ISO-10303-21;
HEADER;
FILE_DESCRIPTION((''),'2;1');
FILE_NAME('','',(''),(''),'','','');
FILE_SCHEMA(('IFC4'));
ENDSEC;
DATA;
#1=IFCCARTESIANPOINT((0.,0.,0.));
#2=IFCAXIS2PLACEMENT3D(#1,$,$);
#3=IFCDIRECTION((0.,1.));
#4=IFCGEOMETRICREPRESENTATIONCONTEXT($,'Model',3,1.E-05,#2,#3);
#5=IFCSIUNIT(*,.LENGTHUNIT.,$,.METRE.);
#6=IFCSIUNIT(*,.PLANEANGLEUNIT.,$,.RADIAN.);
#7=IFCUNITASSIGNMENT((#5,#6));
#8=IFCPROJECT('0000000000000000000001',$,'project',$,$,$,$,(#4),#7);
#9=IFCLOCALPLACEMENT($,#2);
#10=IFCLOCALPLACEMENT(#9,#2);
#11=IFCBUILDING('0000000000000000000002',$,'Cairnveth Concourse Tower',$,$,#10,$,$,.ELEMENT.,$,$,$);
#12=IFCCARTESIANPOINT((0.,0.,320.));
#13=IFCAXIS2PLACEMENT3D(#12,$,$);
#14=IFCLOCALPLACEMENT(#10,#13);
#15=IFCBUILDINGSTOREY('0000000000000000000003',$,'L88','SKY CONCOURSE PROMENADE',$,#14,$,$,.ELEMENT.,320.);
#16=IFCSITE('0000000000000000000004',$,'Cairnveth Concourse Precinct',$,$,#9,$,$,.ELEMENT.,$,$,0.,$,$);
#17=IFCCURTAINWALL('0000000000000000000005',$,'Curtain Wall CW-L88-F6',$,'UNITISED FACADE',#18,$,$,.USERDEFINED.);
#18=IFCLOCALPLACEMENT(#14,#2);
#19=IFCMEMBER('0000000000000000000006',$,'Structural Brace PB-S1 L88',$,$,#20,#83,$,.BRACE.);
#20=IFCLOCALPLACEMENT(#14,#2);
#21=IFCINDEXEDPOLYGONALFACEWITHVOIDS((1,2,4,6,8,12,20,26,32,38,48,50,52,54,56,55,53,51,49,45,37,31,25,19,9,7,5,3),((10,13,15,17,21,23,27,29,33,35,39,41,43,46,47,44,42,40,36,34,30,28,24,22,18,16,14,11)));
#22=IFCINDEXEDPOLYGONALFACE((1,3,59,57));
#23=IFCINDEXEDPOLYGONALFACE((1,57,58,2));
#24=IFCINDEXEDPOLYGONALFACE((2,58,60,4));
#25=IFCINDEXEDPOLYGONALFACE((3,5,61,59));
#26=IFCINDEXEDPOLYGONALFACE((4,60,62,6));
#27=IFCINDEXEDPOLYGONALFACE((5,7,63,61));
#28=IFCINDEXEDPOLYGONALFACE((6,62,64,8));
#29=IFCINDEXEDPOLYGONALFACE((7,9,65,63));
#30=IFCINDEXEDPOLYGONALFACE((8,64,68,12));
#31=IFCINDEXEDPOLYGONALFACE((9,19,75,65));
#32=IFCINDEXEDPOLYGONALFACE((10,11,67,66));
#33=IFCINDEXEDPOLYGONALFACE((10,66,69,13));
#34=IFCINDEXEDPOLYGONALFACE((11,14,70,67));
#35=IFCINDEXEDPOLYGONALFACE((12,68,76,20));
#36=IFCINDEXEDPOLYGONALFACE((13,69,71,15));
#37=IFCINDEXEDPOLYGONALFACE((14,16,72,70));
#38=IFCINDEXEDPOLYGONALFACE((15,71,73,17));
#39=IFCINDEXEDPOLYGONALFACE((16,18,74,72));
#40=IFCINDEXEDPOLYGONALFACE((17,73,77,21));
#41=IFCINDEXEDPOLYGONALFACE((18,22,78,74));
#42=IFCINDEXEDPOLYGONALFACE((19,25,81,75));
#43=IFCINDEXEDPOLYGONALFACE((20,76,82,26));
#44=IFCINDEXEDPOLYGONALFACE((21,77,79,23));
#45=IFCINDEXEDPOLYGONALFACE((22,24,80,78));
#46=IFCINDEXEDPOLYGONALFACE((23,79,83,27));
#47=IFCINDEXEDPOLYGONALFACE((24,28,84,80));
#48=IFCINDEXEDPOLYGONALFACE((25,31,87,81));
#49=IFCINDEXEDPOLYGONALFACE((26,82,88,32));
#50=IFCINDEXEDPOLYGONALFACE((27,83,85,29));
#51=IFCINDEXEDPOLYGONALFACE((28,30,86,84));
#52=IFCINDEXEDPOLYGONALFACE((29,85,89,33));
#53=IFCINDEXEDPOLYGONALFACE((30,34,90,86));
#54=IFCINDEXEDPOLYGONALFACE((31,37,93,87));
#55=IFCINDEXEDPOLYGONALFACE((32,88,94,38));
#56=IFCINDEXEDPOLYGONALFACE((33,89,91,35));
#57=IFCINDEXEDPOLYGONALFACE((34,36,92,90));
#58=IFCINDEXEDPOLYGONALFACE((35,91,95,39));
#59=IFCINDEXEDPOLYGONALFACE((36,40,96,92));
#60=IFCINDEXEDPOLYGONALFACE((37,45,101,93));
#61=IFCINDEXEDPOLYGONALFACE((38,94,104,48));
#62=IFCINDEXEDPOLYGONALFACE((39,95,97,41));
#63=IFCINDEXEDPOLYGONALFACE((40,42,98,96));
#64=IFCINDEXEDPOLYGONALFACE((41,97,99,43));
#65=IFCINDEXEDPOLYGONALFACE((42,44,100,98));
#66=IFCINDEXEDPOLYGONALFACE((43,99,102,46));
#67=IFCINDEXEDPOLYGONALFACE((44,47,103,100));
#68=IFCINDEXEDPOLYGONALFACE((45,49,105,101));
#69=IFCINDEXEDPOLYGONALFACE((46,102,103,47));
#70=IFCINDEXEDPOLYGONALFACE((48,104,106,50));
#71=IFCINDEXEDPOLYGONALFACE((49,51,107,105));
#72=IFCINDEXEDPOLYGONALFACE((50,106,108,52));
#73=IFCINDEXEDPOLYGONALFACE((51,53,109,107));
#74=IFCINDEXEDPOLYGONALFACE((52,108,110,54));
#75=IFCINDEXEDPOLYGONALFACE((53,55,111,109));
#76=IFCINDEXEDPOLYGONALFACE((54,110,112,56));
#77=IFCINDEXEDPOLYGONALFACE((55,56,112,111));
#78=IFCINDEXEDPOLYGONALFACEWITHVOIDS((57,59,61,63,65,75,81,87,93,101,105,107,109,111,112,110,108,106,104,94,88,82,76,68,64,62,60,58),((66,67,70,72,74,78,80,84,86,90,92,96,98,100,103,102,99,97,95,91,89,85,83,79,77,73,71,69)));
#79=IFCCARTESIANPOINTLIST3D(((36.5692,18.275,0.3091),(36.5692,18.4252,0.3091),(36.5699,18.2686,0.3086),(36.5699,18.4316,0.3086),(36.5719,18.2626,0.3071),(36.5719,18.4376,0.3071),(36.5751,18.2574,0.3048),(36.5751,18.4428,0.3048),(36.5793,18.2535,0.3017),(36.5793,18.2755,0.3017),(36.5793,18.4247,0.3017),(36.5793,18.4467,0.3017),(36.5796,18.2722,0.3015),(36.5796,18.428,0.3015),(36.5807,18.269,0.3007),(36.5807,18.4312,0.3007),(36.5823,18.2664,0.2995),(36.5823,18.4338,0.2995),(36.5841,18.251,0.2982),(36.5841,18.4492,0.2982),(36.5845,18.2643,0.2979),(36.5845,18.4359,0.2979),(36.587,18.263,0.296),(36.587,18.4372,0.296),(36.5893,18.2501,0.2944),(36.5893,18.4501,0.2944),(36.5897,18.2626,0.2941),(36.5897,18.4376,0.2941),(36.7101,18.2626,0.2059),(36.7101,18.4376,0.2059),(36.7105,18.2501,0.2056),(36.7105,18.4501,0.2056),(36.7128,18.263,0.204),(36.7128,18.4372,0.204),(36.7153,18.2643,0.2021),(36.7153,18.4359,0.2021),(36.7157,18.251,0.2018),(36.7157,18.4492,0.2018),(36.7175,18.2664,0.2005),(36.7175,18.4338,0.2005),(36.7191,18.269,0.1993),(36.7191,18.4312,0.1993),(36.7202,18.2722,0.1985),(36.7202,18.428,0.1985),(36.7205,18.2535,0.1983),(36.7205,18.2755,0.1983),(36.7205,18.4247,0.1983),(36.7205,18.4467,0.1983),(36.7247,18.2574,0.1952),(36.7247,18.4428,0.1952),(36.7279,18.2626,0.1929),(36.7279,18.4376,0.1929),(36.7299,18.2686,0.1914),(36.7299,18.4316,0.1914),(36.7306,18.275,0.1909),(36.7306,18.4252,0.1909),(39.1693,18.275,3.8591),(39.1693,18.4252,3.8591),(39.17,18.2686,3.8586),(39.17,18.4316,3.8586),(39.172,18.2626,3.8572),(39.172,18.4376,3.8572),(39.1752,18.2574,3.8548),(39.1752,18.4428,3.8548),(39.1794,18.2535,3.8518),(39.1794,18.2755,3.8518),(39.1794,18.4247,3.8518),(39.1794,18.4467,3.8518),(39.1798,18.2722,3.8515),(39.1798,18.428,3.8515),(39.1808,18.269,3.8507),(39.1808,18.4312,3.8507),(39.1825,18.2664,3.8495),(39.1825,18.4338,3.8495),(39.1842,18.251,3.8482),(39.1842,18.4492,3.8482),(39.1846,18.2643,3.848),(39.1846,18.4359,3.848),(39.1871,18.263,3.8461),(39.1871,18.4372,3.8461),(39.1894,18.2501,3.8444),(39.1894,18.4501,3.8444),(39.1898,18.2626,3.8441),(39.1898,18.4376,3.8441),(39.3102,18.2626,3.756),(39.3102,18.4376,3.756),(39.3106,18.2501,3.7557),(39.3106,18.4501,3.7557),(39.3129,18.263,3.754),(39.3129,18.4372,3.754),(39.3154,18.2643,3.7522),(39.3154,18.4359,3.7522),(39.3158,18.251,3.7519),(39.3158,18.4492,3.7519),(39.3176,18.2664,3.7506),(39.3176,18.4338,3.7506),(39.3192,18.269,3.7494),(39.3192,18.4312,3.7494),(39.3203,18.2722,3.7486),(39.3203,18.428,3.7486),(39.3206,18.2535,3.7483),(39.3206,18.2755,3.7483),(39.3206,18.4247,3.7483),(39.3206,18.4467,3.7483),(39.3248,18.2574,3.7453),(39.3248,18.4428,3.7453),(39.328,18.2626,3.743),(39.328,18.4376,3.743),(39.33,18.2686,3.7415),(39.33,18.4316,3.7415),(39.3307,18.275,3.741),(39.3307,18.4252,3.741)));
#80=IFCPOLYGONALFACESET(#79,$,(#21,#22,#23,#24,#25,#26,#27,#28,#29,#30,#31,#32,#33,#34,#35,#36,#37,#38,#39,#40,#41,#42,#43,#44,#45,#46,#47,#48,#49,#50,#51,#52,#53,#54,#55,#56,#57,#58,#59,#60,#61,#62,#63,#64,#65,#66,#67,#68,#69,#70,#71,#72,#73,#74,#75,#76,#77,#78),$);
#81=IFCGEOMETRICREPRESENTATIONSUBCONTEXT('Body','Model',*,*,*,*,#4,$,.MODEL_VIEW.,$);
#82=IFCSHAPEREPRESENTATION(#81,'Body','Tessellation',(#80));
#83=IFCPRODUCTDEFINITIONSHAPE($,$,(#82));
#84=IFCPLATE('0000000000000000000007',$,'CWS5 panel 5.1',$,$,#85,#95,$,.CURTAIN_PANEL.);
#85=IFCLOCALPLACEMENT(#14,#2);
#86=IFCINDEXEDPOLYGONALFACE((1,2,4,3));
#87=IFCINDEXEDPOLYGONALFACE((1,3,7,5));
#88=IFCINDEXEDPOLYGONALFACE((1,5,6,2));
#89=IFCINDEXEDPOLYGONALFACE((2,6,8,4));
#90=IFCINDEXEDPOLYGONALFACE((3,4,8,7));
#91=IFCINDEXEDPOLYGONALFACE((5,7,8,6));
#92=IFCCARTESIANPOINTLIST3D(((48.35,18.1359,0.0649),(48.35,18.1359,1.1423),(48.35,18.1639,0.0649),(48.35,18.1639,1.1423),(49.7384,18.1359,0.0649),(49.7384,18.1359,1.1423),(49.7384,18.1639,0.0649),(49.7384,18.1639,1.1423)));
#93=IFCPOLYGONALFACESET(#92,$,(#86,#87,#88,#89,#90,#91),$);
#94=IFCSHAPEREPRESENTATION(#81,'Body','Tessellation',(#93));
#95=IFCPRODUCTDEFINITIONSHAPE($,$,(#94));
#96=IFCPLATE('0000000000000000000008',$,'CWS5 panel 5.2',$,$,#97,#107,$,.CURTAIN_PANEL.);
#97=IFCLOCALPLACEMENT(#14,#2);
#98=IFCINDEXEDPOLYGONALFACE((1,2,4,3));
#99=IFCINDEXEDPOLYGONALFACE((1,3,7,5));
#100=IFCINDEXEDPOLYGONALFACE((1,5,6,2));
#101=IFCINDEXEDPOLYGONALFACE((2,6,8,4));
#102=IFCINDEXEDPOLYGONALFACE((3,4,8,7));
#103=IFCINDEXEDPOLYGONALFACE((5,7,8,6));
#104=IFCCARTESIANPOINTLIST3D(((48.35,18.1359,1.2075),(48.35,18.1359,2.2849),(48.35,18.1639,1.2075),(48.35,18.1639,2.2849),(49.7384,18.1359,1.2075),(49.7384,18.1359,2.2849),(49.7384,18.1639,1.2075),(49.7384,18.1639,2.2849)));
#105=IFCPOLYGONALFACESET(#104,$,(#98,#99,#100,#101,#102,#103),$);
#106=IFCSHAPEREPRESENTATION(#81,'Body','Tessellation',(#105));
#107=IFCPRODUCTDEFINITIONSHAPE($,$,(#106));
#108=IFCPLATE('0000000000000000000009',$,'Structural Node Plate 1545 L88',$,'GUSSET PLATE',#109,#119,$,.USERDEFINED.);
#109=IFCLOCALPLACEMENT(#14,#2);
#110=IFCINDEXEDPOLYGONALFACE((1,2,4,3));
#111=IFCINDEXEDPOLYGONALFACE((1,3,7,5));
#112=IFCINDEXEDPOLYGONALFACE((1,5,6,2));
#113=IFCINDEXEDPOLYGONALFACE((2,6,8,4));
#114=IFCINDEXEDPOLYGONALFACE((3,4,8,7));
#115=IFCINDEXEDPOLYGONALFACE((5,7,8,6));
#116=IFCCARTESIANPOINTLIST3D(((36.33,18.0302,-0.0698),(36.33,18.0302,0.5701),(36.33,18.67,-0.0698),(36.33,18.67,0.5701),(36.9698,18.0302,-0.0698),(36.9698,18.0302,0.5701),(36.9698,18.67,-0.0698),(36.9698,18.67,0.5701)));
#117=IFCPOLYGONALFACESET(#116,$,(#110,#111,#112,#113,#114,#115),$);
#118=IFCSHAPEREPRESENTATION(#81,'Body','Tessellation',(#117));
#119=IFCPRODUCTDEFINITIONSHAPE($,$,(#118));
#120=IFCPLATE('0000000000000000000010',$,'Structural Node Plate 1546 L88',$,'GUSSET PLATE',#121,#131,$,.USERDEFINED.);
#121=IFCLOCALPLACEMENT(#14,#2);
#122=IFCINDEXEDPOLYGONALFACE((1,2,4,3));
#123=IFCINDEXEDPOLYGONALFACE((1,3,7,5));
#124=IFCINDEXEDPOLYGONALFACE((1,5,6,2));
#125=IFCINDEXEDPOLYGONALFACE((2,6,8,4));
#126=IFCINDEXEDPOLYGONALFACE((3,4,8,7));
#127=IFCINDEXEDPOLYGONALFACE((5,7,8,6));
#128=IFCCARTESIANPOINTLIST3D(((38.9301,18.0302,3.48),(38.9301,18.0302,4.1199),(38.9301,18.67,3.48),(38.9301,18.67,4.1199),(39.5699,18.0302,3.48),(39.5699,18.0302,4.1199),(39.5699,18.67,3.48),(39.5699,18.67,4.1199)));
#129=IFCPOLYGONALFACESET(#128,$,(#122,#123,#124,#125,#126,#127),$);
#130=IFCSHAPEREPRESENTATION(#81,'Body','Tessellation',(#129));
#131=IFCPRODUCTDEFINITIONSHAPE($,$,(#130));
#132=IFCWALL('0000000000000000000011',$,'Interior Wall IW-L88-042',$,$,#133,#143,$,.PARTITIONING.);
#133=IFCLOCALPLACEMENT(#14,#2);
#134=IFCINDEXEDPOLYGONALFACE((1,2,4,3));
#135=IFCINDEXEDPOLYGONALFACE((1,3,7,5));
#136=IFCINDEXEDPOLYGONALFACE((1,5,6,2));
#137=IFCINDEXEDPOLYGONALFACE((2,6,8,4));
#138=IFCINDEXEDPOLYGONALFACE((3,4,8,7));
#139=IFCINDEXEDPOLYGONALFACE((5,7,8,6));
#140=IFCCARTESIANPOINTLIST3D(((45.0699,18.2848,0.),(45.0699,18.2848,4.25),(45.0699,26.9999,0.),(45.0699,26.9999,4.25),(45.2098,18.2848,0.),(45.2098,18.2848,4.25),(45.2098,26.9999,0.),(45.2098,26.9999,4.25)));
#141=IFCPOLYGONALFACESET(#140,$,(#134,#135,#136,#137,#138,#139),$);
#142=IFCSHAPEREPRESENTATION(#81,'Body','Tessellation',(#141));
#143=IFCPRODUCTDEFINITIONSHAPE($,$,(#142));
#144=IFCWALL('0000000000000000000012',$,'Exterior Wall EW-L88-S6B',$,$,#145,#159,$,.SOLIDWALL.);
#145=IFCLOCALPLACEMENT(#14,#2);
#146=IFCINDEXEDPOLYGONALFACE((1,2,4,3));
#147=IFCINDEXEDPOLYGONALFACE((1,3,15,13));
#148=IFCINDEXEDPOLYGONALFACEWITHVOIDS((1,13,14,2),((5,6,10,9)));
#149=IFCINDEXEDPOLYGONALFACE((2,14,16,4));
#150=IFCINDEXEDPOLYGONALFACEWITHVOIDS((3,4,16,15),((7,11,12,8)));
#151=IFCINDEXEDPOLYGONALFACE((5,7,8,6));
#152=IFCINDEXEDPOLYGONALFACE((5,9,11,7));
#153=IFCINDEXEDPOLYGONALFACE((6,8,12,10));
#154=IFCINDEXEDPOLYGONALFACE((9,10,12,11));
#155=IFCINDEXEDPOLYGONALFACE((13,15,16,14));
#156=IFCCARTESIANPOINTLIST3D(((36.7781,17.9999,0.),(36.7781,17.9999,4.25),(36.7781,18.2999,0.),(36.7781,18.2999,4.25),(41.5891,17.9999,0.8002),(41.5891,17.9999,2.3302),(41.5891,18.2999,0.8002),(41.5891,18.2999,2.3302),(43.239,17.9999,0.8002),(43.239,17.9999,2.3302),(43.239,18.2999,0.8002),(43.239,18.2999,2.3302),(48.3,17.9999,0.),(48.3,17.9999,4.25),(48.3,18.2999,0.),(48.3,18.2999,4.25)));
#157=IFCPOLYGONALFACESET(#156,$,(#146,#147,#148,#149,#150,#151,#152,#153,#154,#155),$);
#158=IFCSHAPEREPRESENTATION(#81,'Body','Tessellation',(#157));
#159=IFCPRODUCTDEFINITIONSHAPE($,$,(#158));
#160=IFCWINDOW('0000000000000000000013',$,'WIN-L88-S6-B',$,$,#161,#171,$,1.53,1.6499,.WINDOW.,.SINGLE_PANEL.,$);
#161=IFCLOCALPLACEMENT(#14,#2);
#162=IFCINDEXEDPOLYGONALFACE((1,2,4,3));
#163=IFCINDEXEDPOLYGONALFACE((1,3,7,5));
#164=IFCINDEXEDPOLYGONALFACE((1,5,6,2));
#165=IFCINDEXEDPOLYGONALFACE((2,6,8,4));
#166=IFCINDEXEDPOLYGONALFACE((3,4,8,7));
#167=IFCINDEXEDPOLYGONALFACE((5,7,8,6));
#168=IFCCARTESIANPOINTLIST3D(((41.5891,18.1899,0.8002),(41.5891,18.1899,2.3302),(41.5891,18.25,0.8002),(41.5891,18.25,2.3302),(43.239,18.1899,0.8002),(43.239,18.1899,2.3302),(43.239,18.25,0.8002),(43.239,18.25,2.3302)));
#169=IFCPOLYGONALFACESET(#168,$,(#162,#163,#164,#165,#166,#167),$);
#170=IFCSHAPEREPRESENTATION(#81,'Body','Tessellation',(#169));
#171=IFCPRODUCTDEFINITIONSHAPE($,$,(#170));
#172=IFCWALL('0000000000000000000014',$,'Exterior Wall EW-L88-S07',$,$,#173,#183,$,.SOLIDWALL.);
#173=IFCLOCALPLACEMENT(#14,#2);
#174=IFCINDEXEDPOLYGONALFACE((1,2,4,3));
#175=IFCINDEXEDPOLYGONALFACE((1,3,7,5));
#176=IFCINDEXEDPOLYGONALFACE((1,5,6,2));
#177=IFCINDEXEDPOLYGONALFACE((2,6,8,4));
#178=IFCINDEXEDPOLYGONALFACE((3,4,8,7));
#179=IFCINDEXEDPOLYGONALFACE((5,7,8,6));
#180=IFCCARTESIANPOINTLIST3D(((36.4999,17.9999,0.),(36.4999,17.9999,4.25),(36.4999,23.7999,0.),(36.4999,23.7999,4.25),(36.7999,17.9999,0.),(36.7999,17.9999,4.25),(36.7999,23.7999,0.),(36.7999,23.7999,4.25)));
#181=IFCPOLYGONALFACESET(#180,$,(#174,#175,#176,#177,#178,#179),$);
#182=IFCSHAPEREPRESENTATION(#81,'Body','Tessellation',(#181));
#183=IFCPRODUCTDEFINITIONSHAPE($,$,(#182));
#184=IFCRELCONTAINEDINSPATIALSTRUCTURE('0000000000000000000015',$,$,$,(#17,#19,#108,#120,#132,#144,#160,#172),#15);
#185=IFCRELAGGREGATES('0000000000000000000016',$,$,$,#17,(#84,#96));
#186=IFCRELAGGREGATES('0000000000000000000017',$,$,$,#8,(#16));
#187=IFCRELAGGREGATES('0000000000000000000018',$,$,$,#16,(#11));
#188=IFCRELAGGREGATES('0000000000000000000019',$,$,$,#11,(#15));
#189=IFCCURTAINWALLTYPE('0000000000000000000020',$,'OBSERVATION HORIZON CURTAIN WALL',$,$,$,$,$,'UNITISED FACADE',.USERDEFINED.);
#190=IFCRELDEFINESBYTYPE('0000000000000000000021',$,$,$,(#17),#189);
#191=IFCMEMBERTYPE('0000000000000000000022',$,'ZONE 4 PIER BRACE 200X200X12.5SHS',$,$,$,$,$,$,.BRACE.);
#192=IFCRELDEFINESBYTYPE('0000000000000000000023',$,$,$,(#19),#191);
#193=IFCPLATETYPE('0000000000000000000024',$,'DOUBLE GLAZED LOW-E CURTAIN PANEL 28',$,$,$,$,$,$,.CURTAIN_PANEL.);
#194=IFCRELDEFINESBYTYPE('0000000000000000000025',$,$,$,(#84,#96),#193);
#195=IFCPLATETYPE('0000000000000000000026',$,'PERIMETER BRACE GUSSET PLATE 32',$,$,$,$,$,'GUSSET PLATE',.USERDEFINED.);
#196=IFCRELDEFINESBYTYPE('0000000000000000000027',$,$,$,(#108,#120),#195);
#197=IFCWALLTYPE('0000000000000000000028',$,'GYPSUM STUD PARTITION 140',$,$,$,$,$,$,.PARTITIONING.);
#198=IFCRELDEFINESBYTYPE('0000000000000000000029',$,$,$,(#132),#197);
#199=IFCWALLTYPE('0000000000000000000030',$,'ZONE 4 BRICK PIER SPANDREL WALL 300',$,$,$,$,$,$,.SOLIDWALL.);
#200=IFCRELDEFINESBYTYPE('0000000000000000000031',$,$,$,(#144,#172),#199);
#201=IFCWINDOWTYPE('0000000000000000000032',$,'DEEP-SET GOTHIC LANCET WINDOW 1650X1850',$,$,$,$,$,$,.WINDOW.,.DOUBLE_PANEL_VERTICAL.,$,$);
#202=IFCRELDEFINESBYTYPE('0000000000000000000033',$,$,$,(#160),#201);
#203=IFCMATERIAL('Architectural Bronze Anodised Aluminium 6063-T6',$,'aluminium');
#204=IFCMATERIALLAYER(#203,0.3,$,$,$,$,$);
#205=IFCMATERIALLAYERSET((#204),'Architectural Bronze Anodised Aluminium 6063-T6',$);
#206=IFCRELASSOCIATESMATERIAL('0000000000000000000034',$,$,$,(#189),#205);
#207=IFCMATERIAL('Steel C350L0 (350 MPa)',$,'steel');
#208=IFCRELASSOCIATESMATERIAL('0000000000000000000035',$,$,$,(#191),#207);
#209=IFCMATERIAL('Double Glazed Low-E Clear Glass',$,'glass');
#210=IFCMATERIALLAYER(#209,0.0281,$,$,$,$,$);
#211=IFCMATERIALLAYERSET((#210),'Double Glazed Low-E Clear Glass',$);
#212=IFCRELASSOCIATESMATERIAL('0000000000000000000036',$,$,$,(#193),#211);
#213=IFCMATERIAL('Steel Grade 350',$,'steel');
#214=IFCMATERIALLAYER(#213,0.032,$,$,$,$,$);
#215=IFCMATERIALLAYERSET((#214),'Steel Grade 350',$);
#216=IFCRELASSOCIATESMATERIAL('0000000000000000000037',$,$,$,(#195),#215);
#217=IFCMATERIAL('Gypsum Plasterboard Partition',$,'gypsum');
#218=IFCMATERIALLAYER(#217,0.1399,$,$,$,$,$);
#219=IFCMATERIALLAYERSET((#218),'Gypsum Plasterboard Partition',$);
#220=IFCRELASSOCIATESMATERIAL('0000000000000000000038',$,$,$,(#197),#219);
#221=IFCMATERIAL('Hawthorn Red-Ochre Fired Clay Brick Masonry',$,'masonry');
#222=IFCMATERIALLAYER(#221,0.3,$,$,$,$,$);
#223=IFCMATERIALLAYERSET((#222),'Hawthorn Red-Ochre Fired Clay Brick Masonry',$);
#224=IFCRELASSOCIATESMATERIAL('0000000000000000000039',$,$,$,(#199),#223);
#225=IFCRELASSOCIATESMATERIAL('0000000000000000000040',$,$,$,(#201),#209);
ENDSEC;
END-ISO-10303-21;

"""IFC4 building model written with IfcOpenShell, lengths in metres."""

from ifc_helpers import new_model, si_unit, direction, frame, frame_2d, origin, origin_2d, place, context, subcontext, project, spatial, rectangle, hollow_rectangle, extrude, material, layer, layer_set, material_profile, profile_set, type_object, element, fill, aggregate, save


model = new_model("IFC4")

# Units and contexts
model_context = context("Model", 3, precision=1e-05, world=origin(), true_north=direction((0.0, 1.0)))
body_context = subcontext(model_context, "Body", "Model", "MODEL_VIEW")
ifc_project = project(units=[si_unit("LENGTHUNIT", "METRE"), si_unit("PLANEANGLEUNIT", "RADIAN")], contexts=[model_context])

# Site, building, storey
site_placement = place(None, origin())
site = spatial("IfcSite", under=ifc_project, at=site_placement, Name="Cairnveth Concourse Precinct", CompositionType="ELEMENT", RefElevation=0.0)
building_placement = place(site_placement, origin())
building = spatial("IfcBuilding", under=site, at=building_placement, Name="Cairnveth Concourse Tower", CompositionType="ELEMENT")
storey_placement = place(building_placement, frame((0.0, 0.0, 320.0)))
storey = spatial("IfcBuildingStorey", under=building, at=storey_placement, Name="L88", Description="SKY CONCOURSE PROMENADE", CompositionType="ELEMENT", Elevation=320.0)

# Curtain wall
ifc_material_1 = material(Name="Architectural Bronze Anodised Aluminium 6063-T6", Category="aluminium")
ifc_layer_1 = layer(ifc_material_1, 0.3)
ifc_layer_set_1 = layer_set([ifc_layer_1], Name="Architectural Bronze Anodised Aluminium 6063-T6")
curtain_wall_type = type_object("IfcCurtainWallType", Name="OBSERVATION HORIZON CURTAIN WALL", ElementType="UNITISED FACADE", PredefinedType="USERDEFINED", material=ifc_layer_set_1)
curtain_wall_placement = place(storey_placement, origin())
curtain_wall = element("IfcCurtainWall", 1, at=curtain_wall_placement, inside=storey, type_object=curtain_wall_type, Name="Curtain Wall CW-L88-F6", ObjectType="UNITISED FACADE", PredefinedType="USERDEFINED")

# Shared definitions
ifc_material_2 = material(Name="Steel Grade 350", Category="steel")

# Member
ifc_material_3 = material(Name="Steel C350L0 (350 MPa)", Category="steel")
ifc_material_profile_1 = material_profile(ifc_material_3, hollow_rectangle(XDim=0.2, YDim=0.2, WallThickness=0.0125, InnerFilletRadius=0.0129, OuterFilletRadius=0.0249, at=origin_2d()), Name="200x200x12.5SHS")
ifc_profile_set_1 = profile_set([ifc_material_profile_1], Name="Steel C350L0 (350 MPa)")
member_type_1 = type_object("IfcMemberType", Name="ZONE 4 PIER BRACE 200X200X12.5SHS", PredefinedType="BRACE", material=ifc_profile_set_1)
member_1_placement = place(storey_placement, frame((36.6499, 18.3501, 0.25), z_axis=(0.59088, 0.0, 0.806759), x_axis=(0.0, 1.0, 0.0)))
element("IfcMember", 2, at=member_1_placement, inside=storey, type_object=member_type_1, Name="Structural Brace PB-S1 L88", PredefinedType="BRACE", context=body_context, shape_type="SweptSolid", body=[
    extrude(hollow_rectangle(XDim=0.2, YDim=0.2, WallThickness=0.0125, InnerFilletRadius=0.0129, OuterFilletRadius=0.0249, at=origin_2d()), origin(), (0.0, 0.0, 1.0), 4.4004),
])

# Plates
ifc_material_4 = material(Name="Double Glazed Low-E Clear Glass", Category="glass")
ifc_layer_2 = layer(ifc_material_4, 0.0281)
ifc_layer_set_2 = layer_set([ifc_layer_2], Name="Double Glazed Low-E Clear Glass")
plate_type_1 = type_object("IfcPlateType", Name="DOUBLE GLAZED LOW-E CURTAIN PANEL 28", PredefinedType="CURTAIN_PANEL", material=ifc_layer_set_2)
plate_1_placement = place(storey_placement, frame((49.0442, 18.1499, 0.0649), z_axis=(0.0, 0.0, 1.0), x_axis=(-1.0, 0.0, 0.0)))
plate_1 = element("IfcPlate", 3, at=plate_1_placement, type_object=plate_type_1, Name="CWS5 panel 5.1", PredefinedType="CURTAIN_PANEL", context=body_context, shape_type="SweptSolid", body=[
    extrude(rectangle(XDim=1.3884, YDim=0.0281, at=origin_2d()), origin(), (0.0, 0.0, 1.0), 1.0774),
])
plate_2_placement = place(storey_placement, frame((49.0442, 18.1499, 1.2075), z_axis=(0.0, 0.0, 1.0), x_axis=(-1.0, 0.0, 0.0)))
plate_2 = element("IfcPlate", 4, at=plate_2_placement, type_object=plate_type_1, Name="CWS5 panel 5.2", PredefinedType="CURTAIN_PANEL", context=body_context, shape_type="SweptSolid", body=[
    extrude(rectangle(XDim=1.3884, YDim=0.0281, at=origin_2d()), origin(), (0.0, 0.0, 1.0), 1.0774),
])
aggregate(curtain_wall, [plate_1, plate_2])

# Plates
ifc_layer_3 = layer(ifc_material_2, 0.032)
ifc_layer_set_3 = layer_set([ifc_layer_3], Name="Steel Grade 350")
plate_type_2 = type_object("IfcPlateType", Name="PERIMETER BRACE GUSSET PLATE 32", ElementType="GUSSET PLATE", PredefinedType="USERDEFINED", material=ifc_layer_set_3)
for number, where, z_axis, x_axis, name in (
    (5, (36.6499, 18.3501, -0.0698), (0.0, 0.0, 1.0), (1.0, 0.0, 0.0), "Structural Node Plate 1545 L88"),
    (6, (39.25, 18.3501, 3.48), (0.0, 0.0, 1.0), (1.0, 0.0, 0.0), "Structural Node Plate 1546 L88"),
):
    element("IfcPlate", number, at=place(storey_placement, frame(where, z_axis=z_axis, x_axis=x_axis)), inside=storey, type_object=plate_type_2, Name=name, ObjectType="GUSSET PLATE", PredefinedType="USERDEFINED", context=body_context, shape_type="SweptSolid", body=[
        extrude(rectangle(XDim=0.6399, YDim=0.6399, at=origin_2d()), origin(), (0.0, 0.0, 1.0), 0.6399),
    ])

# Wall
ifc_material_5 = material(Name="Gypsum Plasterboard Partition", Category="gypsum")
ifc_layer_4 = layer(ifc_material_5, 0.1399)
ifc_layer_set_4 = layer_set([ifc_layer_4], Name="Gypsum Plasterboard Partition")
wall_type_1 = type_object("IfcWallType", Name="GYPSUM STUD PARTITION 140", PredefinedType="PARTITIONING", material=ifc_layer_set_4)
wall_1_placement = place(storey_placement, frame((45.1399, 18.2849, 0.0), z_axis=(0.0, 0.0, 1.0), x_axis=(0.0, 1.0, 0.0)))
element("IfcWall", 7, at=wall_1_placement, inside=storey, type_object=wall_type_1, Name="Interior Wall IW-L88-042", PredefinedType="PARTITIONING", context=body_context, shape_type="SweptSolid", body=[
    extrude(rectangle(XDim=8.7151, YDim=0.1399, at=frame_2d((4.3574, 0.0))), origin(), (0.0, 0.0, 1.0), 4.25),
])

# Wall, opening, window
ifc_material_6 = material(Name="Hawthorn Red-Ochre Fired Clay Brick Masonry", Category="masonry")
ifc_layer_5 = layer(ifc_material_6, 0.3)
ifc_layer_set_5 = layer_set([ifc_layer_5], Name="Hawthorn Red-Ochre Fired Clay Brick Masonry")
wall_type_2 = type_object("IfcWallType", Name="ZONE 4 BRICK PIER SPANDREL WALL 300", PredefinedType="SOLIDWALL", material=ifc_layer_set_5)
wall_2_placement = place(storey_placement, frame((48.3, 18.1499, 0.0), z_axis=(0.0, 0.0, 1.0), x_axis=(-1.0, 0.0, 0.0)))
wall_2 = element("IfcWall", 8, at=wall_2_placement, inside=storey, type_object=wall_type_2, Name="Exterior Wall EW-L88-S6B", PredefinedType="SOLIDWALL", context=body_context, shape_type="SweptSolid", body=[
    extrude(rectangle(XDim=11.522, YDim=0.3, at=frame_2d((5.761, 0.0))), origin(), (0.0, 0.0, 1.0), 4.25),
])
opening_placement = place(wall_2_placement, frame((5.061, 0.0, 0.8)))
opening = element("IfcOpeningElement", 9, at=opening_placement, cuts=wall_2, PredefinedType="OPENING", context=body_context, shape_type="SweptSolid", body=[
    extrude(rectangle(XDim=1.6499, YDim=1.53, at=frame_2d((0.825, 0.7651))), frame((0.0, 0.1599, 0.0), z_axis=(0.0, -1.0, 0.0), x_axis=(1.0, 0.0, 0.0)), (0.0, 0.0, 1.0), 0.3201),
])
window_type = type_object("IfcWindowType", Name="DEEP-SET GOTHIC LANCET WINDOW 1650X1850", PartitioningType="DOUBLE_PANEL_VERTICAL", PredefinedType="WINDOW", material=ifc_material_4)
window_placement = place(opening_placement, origin())
window = element("IfcWindow", 10, at=window_placement, inside=storey, type_object=window_type, Name="WIN-L88-S6-B", OverallHeight=1.53, OverallWidth=1.6499, PartitioningType="SINGLE_PANEL", PredefinedType="WINDOW", context=body_context, shape_type="SweptSolid", body=[
    extrude(rectangle(XDim=1.6499, YDim=1.53, at=frame_2d((0.825, 0.7651))), frame((0.0, -0.04, 0.0), z_axis=(0.0, -1.0, 0.0), x_axis=(1.0, 0.0, 0.0)), (0.0, 0.0, 1.0), 0.0601),
])
fill(opening, window)

# Wall
wall_3_placement = place(storey_placement, frame((36.6499, 18.0, 0.0), z_axis=(0.0, 0.0, 1.0), x_axis=(0.0, 1.0, 0.0)))
element("IfcWall", 11, at=wall_3_placement, inside=storey, type_object=wall_type_2, Name="Exterior Wall EW-L88-S07", PredefinedType="SOLIDWALL", context=body_context, shape_type="SweptSolid", body=[
    extrude(rectangle(XDim=5.8, YDim=0.3, at=frame_2d((2.8999, 0.0))), origin(), (0.0, 0.0, 1.0), 4.25),
])

save(model, "model.ifc")
